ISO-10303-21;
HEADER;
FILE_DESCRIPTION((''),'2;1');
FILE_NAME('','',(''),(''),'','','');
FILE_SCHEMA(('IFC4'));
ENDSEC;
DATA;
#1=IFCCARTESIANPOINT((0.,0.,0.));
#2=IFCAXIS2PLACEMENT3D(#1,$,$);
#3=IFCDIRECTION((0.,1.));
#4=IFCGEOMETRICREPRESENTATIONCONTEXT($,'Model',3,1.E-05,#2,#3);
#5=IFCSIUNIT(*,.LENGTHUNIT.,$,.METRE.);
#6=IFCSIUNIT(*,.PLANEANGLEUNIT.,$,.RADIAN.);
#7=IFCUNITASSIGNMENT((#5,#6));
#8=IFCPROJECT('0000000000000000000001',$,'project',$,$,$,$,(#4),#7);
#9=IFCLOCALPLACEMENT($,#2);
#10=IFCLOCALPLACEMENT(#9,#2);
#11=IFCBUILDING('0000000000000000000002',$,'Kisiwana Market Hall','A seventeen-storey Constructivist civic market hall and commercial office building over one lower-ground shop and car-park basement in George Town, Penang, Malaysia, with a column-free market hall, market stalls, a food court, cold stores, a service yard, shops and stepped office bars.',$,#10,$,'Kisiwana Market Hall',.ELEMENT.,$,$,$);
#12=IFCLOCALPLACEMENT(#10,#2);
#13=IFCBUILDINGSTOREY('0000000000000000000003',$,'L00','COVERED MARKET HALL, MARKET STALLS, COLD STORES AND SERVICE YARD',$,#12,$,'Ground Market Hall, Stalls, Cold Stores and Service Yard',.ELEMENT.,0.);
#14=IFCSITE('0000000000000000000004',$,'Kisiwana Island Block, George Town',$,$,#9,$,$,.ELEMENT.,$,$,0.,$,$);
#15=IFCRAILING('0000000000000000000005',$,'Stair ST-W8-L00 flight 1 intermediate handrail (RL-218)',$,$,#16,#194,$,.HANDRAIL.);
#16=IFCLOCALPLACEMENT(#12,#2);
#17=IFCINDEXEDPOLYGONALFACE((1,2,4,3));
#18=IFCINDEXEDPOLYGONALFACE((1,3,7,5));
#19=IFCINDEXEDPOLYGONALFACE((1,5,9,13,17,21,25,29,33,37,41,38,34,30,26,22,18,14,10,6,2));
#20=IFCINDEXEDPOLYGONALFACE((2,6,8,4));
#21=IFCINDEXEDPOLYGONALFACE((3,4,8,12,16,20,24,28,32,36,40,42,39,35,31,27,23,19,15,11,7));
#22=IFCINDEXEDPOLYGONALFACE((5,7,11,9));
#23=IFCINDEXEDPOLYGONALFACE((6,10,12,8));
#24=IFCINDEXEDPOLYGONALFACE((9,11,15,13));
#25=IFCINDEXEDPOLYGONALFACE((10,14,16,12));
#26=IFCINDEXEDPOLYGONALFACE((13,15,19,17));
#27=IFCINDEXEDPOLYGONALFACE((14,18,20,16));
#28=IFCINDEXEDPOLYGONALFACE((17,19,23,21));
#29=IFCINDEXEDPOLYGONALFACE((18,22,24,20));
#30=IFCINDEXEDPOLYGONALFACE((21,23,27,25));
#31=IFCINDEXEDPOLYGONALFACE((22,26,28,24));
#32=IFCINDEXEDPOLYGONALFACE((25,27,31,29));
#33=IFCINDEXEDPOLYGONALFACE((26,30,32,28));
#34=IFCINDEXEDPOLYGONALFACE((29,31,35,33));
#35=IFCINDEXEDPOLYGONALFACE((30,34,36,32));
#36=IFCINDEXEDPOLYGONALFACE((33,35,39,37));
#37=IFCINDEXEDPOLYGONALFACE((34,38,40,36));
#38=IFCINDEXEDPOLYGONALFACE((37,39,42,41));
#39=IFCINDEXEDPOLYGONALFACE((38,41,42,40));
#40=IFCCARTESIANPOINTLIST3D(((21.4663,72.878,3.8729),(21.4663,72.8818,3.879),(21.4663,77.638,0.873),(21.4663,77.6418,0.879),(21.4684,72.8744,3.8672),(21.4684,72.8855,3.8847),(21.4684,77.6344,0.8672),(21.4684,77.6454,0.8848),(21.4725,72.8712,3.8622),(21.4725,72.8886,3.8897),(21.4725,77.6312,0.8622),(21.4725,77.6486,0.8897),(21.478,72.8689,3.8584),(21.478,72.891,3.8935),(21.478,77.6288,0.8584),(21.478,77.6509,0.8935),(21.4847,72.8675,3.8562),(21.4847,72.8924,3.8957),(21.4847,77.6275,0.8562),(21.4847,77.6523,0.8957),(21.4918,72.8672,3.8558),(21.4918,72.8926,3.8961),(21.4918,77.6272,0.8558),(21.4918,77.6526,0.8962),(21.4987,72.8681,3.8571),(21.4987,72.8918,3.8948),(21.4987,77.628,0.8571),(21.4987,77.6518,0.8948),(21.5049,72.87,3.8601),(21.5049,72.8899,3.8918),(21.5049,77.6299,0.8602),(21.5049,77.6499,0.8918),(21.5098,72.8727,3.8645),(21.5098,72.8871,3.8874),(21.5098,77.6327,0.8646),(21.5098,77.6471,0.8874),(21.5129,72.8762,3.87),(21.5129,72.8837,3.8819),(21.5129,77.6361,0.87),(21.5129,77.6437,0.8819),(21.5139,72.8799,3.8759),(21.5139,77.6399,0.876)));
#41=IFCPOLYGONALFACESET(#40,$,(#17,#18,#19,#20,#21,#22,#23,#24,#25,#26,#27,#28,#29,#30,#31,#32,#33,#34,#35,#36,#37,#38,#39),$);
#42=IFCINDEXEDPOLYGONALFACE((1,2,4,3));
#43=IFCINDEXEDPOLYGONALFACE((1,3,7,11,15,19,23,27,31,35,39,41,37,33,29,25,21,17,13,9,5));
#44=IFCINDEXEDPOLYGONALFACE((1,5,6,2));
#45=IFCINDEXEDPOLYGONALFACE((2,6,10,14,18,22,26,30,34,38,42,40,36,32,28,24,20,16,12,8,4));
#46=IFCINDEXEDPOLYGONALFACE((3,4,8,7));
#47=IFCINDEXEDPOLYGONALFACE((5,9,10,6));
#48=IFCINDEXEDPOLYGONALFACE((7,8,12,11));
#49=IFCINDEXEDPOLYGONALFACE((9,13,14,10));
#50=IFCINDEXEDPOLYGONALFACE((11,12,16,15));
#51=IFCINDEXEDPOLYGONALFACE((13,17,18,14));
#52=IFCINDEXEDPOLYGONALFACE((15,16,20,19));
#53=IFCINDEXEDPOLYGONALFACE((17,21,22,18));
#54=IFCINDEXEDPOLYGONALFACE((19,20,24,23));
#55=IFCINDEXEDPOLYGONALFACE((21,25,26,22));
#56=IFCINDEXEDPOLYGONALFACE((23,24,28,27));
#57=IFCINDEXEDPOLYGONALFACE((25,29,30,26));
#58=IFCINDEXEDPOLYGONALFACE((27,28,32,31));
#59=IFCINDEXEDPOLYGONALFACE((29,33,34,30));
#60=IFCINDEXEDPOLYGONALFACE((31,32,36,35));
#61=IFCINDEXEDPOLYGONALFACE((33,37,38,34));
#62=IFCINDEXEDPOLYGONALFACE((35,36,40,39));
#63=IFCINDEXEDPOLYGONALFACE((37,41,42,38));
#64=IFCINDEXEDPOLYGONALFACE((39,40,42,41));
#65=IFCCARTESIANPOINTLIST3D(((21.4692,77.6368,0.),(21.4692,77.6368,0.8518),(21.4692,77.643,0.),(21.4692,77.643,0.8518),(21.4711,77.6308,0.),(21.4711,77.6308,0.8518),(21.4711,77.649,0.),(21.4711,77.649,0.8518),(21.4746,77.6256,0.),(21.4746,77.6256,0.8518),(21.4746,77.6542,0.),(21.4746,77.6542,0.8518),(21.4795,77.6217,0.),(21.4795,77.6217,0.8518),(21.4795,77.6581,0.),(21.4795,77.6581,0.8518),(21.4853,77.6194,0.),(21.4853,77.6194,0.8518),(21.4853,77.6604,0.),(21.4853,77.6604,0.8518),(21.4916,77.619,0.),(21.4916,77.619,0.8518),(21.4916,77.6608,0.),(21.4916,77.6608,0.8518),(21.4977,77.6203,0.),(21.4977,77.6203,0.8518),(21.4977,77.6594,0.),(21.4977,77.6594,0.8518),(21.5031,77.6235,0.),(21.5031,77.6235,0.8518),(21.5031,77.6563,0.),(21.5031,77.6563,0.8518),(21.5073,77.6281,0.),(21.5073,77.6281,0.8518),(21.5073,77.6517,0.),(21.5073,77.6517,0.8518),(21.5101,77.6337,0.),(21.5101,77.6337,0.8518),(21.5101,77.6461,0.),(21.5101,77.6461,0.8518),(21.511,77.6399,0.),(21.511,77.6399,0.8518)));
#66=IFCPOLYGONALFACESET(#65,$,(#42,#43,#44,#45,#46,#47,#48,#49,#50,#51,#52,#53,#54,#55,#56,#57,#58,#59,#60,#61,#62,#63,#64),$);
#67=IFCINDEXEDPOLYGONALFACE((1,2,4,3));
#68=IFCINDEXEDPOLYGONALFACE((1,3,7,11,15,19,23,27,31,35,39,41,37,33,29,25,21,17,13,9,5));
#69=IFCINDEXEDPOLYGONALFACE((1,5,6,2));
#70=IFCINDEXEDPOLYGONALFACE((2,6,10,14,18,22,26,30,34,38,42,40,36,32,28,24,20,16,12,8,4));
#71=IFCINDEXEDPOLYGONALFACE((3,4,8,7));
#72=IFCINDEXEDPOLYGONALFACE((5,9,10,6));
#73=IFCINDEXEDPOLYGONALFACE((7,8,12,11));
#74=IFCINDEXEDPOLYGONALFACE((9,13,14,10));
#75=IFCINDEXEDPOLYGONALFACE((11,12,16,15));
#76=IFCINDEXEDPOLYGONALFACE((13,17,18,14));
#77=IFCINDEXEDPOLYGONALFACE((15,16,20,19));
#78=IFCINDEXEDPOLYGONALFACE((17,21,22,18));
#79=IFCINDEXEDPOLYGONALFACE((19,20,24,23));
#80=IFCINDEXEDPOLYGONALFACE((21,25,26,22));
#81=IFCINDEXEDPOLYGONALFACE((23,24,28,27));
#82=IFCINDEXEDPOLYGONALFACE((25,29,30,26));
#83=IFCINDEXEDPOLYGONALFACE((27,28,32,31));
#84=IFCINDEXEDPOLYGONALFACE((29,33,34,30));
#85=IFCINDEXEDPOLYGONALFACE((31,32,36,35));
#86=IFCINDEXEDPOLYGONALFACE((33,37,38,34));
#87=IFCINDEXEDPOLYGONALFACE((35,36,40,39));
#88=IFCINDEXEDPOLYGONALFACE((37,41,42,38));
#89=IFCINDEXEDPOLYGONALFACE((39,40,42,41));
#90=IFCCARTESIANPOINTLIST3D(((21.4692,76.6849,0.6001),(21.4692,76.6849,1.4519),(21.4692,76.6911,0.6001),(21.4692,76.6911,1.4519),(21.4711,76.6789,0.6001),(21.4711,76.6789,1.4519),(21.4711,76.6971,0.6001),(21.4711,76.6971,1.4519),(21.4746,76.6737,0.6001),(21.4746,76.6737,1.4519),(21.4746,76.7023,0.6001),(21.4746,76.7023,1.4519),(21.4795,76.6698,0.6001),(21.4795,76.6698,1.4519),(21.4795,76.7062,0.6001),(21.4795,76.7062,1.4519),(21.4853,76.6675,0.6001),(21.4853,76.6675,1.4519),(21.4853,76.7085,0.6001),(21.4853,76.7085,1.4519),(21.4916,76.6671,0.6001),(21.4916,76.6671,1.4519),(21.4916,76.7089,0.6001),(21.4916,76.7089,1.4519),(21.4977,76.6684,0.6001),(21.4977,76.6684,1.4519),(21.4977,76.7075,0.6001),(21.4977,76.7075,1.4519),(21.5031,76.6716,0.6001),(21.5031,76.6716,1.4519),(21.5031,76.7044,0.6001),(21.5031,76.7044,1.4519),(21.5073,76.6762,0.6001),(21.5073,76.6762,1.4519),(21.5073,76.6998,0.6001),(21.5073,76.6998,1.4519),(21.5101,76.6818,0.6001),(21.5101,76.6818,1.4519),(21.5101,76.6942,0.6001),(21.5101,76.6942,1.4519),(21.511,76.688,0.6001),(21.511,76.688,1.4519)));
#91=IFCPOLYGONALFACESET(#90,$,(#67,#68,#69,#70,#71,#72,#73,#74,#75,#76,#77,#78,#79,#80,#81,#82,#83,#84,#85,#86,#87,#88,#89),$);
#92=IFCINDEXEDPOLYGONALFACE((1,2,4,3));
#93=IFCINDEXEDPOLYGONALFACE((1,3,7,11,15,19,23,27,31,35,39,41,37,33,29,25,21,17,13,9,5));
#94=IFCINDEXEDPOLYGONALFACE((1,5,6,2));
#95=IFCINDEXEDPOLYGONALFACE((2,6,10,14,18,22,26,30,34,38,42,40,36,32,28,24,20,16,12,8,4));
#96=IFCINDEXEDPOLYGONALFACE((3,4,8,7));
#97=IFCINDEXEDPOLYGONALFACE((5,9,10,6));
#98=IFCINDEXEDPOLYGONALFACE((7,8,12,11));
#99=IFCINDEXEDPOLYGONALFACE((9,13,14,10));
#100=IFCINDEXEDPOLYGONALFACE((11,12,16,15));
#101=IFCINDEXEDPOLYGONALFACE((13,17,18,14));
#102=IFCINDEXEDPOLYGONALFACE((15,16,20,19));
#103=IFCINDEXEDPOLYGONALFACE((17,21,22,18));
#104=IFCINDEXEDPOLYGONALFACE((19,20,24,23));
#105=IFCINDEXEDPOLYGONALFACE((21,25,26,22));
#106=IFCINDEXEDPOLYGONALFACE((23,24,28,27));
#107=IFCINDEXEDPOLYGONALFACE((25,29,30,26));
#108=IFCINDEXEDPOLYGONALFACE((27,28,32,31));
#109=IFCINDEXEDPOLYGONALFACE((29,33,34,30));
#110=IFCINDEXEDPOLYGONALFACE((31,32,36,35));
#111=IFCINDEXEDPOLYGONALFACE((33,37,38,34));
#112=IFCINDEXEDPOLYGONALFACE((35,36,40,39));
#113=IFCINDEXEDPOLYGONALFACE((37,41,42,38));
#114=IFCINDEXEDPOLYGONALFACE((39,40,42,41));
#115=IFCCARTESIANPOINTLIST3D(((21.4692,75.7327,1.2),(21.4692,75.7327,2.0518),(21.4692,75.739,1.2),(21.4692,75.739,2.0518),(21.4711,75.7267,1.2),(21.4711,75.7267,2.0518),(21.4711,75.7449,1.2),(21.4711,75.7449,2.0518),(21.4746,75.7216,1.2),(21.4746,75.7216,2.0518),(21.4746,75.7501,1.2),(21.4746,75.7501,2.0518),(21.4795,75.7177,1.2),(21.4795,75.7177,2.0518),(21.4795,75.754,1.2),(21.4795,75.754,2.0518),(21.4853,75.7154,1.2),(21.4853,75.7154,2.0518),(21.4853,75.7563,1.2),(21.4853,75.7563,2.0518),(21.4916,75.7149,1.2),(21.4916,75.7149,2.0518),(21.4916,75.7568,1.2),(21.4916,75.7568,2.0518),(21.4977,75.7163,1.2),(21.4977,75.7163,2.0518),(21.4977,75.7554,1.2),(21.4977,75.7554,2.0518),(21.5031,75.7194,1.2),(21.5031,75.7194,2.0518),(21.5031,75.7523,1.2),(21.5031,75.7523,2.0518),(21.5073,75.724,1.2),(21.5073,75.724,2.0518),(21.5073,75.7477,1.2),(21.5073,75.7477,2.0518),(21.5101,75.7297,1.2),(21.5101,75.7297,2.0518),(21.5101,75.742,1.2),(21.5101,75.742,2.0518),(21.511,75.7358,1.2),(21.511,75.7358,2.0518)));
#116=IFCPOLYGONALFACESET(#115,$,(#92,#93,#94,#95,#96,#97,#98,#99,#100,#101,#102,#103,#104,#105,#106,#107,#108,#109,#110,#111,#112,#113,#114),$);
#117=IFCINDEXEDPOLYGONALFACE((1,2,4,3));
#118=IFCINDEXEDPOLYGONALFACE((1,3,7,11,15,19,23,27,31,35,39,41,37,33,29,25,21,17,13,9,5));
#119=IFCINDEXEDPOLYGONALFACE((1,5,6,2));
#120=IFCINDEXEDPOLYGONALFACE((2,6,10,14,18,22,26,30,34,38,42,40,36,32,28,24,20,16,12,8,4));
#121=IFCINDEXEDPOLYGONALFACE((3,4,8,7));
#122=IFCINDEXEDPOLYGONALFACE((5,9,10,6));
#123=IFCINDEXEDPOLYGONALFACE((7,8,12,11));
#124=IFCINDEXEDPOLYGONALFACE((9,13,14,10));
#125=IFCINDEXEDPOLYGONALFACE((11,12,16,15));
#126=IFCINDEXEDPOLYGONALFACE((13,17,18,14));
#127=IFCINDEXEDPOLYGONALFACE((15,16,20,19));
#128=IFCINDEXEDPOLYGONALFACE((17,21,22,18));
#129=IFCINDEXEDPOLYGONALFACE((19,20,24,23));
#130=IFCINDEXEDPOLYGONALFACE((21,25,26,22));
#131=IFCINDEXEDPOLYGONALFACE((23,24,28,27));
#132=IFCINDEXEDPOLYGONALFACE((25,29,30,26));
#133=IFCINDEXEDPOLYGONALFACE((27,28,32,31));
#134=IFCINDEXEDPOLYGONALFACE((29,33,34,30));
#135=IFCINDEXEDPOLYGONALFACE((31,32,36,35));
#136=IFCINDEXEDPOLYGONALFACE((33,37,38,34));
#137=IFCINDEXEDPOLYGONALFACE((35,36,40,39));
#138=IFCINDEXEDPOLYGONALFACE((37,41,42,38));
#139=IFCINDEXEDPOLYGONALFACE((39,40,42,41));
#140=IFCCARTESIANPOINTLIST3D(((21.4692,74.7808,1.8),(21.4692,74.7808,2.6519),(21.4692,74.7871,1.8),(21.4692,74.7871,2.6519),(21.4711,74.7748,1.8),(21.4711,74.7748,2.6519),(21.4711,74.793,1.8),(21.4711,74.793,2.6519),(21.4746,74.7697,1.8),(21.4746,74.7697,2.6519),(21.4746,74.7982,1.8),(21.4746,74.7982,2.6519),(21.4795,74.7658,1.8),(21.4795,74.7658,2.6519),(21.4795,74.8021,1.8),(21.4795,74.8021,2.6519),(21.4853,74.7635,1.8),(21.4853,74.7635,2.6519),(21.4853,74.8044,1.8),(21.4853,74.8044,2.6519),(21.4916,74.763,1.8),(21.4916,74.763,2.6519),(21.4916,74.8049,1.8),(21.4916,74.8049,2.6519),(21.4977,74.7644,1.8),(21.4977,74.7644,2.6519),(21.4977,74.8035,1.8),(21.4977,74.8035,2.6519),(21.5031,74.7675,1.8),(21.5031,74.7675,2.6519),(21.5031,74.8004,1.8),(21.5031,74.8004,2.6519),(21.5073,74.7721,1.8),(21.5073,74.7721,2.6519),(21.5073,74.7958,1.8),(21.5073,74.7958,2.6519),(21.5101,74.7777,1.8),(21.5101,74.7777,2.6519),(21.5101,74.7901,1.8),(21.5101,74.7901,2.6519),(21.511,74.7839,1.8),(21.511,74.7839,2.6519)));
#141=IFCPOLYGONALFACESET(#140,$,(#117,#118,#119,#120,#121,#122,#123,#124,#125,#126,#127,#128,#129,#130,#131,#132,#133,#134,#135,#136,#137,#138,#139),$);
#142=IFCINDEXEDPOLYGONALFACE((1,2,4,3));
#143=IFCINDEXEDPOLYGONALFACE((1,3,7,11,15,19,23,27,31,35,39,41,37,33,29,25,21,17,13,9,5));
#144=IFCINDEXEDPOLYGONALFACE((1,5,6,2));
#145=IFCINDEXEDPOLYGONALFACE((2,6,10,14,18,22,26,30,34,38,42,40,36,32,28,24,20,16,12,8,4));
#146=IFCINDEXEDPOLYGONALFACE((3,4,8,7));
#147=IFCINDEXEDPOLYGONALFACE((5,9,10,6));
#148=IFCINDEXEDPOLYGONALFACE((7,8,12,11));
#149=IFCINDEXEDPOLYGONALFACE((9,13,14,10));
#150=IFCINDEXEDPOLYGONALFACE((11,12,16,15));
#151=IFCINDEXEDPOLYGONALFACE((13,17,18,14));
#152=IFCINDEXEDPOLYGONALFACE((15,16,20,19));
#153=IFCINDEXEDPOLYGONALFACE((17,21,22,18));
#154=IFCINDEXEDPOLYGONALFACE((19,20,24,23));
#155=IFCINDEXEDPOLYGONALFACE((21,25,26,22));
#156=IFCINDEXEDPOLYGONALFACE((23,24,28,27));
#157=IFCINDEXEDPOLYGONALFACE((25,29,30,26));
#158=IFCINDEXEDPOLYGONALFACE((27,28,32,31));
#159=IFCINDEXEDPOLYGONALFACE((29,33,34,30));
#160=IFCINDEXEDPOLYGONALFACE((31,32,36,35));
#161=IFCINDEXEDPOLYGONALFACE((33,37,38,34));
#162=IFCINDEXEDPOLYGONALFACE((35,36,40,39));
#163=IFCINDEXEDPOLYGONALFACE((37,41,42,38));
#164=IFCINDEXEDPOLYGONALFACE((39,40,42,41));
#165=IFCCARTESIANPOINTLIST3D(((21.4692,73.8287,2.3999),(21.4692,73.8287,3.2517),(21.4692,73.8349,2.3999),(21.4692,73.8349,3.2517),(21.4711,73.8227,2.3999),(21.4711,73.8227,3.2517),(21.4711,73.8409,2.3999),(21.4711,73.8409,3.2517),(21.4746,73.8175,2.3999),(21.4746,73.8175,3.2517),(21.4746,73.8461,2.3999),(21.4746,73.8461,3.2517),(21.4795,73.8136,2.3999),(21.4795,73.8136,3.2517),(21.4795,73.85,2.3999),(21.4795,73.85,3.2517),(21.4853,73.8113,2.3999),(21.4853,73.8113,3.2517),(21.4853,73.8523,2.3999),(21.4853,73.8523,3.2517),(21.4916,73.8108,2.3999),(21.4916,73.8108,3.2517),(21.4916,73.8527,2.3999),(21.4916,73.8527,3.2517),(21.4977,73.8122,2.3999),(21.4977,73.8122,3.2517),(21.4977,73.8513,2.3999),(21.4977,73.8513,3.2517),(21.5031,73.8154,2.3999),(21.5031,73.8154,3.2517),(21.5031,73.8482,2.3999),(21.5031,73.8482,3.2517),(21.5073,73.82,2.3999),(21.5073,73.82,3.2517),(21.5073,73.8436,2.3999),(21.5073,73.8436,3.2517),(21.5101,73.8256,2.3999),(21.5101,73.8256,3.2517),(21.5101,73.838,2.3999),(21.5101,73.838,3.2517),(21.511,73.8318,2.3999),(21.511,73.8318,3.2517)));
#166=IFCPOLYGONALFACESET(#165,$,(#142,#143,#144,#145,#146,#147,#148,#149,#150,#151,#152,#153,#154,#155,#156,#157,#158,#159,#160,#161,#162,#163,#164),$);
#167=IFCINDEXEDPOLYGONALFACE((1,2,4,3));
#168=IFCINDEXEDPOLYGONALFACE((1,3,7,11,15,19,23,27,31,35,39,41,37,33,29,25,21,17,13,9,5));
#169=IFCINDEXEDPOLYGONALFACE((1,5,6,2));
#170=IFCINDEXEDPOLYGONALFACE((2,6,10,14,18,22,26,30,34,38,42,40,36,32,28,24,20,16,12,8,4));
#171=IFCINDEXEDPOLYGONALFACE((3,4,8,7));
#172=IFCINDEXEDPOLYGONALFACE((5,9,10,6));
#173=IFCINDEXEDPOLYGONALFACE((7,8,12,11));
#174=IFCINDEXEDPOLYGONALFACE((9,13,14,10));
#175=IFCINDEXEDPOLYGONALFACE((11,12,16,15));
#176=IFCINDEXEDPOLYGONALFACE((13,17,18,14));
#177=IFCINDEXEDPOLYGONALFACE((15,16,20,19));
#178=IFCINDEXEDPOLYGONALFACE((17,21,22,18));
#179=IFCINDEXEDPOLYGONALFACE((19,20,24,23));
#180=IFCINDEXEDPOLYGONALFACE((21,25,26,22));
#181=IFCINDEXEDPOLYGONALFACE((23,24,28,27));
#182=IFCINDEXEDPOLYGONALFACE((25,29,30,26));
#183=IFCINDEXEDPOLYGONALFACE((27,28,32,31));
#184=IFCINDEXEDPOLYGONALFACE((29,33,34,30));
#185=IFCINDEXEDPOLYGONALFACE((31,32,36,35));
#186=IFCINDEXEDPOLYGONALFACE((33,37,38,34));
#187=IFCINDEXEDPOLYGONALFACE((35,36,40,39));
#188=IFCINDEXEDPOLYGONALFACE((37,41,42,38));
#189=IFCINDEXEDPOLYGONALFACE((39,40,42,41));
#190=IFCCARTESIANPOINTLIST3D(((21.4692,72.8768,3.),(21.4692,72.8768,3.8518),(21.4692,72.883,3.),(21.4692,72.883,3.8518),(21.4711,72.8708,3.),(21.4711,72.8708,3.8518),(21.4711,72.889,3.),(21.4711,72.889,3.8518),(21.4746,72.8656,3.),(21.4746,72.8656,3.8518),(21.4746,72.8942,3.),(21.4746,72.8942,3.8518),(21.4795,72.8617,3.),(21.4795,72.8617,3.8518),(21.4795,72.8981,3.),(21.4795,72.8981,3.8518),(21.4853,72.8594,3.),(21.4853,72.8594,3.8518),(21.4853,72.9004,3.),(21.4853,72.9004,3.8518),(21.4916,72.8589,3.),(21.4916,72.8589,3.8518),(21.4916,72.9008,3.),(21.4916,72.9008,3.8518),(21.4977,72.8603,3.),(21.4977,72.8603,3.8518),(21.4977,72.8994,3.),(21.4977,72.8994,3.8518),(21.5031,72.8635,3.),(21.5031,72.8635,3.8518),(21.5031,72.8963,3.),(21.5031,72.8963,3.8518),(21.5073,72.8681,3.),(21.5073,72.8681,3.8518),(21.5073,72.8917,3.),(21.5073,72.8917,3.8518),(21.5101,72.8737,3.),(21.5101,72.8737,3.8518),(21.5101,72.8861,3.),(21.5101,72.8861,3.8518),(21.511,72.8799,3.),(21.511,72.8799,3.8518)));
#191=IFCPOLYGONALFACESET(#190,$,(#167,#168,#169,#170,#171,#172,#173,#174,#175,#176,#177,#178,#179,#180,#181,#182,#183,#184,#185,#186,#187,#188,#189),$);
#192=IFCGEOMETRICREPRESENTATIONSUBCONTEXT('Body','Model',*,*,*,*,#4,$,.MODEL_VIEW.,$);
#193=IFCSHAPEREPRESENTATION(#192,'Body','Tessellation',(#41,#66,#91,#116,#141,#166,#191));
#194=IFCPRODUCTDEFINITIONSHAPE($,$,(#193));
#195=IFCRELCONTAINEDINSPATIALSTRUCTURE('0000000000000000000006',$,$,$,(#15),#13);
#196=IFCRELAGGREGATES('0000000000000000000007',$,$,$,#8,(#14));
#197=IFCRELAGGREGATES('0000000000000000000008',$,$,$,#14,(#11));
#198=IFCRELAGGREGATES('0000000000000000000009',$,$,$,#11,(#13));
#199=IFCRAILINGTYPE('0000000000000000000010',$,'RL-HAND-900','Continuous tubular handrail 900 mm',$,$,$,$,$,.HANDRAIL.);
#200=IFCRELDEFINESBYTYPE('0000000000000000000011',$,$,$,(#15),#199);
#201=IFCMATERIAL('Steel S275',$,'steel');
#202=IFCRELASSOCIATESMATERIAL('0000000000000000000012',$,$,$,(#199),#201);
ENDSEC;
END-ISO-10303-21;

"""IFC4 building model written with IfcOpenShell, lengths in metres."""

from ifc_helpers import new_model, si_unit, direction, frame, origin, origin_2d, place, context, subcontext, project, spatial, circle, extrude, material, type_object, element, save


model = new_model("IFC4")

# Units and contexts
model_context = context("Model", 3, precision=1e-05, world=origin(), true_north=direction((0.0, 1.0)))
body_context = subcontext(model_context, "Body", "Model", "MODEL_VIEW")
ifc_project = project(units=[si_unit("LENGTHUNIT", "METRE"), si_unit("PLANEANGLEUNIT", "RADIAN")], contexts=[model_context])

# Site, building, storey
site_placement = place(None, origin())
site = spatial("IfcSite", under=ifc_project, at=site_placement, Name="Kisiwana Island Block, George Town", CompositionType="ELEMENT", RefElevation=0.0)
building_placement = place(site_placement, origin())
building = spatial("IfcBuilding", under=site, at=building_placement, Name="Kisiwana Market Hall", Description="A seventeen-storey Constructivist civic market hall and commercial office building over one lower-ground shop and car-park basement in George Town, Penang, Malaysia, with a column-free market hall, market stalls, a food court, cold stores, a service yard, shops and stepped office bars.", LongName="Kisiwana Market Hall", CompositionType="ELEMENT")
storey_placement = place(building_placement, origin())
storey = spatial("IfcBuildingStorey", under=building, at=storey_placement, Name="L00", Description="COVERED MARKET HALL, MARKET STALLS, COLD STORES AND SERVICE YARD", LongName="Ground Market Hall, Stalls, Cold Stores and Service Yard", CompositionType="ELEMENT", Elevation=0.0)

# Railing
ifc_material_1 = material(Name="Steel S275", Category="steel")
railing_type_1 = type_object("IfcRailingType", Name="RL-HAND-900", Description="Continuous tubular handrail 900 mm", PredefinedType="HANDRAIL", material=ifc_material_1)
for number, where, name in (
    (1, (21.49, 77.6399, 0.0), "Stair ST-W8-L00 flight 1 intermediate handrail (RL-218)"),
):
    element("IfcRailing", number, at=place(storey_placement, frame(where)), inside=storey, type_object=railing_type_1, Name=name, PredefinedType="HANDRAIL", context=body_context, shape_type="SweptSolid", body=[
        extrude(circle(Radius=0.0239, at=origin_2d()), frame((0.0, 0.0, 0.876), z_axis=(0.0, -0.845996, 0.53319), x_axis=(1.0, 0.0, 0.0)), (0.0, 0.0, 1.0), 5.6265),
        extrude(circle(Radius=0.021, at=origin_2d()), origin(), (0.0, 0.0, 1.0), 0.8518),
        extrude(circle(Radius=0.021, at=origin_2d()), frame((0.0, -0.9519, 0.6001)), (0.0, 0.0, 1.0), 0.8518),
        extrude(circle(Radius=0.021, at=origin_2d()), frame((0.0, -1.9041, 1.2)), (0.0, 0.0, 1.0), 0.8518),
        extrude(circle(Radius=0.021, at=origin_2d()), frame((0.0, -2.856, 1.8)), (0.0, 0.0, 1.0), 0.8518),
        extrude(circle(Radius=0.021, at=origin_2d()), frame((0.0, -3.8081, 2.3999)), (0.0, 0.0, 1.0), 0.8518),
        extrude(circle(Radius=0.021, at=origin_2d()), frame((0.0, -4.76, 3.0)), (0.0, 0.0, 1.0), 0.8518),
    ])

save(model, "model.ifc")
